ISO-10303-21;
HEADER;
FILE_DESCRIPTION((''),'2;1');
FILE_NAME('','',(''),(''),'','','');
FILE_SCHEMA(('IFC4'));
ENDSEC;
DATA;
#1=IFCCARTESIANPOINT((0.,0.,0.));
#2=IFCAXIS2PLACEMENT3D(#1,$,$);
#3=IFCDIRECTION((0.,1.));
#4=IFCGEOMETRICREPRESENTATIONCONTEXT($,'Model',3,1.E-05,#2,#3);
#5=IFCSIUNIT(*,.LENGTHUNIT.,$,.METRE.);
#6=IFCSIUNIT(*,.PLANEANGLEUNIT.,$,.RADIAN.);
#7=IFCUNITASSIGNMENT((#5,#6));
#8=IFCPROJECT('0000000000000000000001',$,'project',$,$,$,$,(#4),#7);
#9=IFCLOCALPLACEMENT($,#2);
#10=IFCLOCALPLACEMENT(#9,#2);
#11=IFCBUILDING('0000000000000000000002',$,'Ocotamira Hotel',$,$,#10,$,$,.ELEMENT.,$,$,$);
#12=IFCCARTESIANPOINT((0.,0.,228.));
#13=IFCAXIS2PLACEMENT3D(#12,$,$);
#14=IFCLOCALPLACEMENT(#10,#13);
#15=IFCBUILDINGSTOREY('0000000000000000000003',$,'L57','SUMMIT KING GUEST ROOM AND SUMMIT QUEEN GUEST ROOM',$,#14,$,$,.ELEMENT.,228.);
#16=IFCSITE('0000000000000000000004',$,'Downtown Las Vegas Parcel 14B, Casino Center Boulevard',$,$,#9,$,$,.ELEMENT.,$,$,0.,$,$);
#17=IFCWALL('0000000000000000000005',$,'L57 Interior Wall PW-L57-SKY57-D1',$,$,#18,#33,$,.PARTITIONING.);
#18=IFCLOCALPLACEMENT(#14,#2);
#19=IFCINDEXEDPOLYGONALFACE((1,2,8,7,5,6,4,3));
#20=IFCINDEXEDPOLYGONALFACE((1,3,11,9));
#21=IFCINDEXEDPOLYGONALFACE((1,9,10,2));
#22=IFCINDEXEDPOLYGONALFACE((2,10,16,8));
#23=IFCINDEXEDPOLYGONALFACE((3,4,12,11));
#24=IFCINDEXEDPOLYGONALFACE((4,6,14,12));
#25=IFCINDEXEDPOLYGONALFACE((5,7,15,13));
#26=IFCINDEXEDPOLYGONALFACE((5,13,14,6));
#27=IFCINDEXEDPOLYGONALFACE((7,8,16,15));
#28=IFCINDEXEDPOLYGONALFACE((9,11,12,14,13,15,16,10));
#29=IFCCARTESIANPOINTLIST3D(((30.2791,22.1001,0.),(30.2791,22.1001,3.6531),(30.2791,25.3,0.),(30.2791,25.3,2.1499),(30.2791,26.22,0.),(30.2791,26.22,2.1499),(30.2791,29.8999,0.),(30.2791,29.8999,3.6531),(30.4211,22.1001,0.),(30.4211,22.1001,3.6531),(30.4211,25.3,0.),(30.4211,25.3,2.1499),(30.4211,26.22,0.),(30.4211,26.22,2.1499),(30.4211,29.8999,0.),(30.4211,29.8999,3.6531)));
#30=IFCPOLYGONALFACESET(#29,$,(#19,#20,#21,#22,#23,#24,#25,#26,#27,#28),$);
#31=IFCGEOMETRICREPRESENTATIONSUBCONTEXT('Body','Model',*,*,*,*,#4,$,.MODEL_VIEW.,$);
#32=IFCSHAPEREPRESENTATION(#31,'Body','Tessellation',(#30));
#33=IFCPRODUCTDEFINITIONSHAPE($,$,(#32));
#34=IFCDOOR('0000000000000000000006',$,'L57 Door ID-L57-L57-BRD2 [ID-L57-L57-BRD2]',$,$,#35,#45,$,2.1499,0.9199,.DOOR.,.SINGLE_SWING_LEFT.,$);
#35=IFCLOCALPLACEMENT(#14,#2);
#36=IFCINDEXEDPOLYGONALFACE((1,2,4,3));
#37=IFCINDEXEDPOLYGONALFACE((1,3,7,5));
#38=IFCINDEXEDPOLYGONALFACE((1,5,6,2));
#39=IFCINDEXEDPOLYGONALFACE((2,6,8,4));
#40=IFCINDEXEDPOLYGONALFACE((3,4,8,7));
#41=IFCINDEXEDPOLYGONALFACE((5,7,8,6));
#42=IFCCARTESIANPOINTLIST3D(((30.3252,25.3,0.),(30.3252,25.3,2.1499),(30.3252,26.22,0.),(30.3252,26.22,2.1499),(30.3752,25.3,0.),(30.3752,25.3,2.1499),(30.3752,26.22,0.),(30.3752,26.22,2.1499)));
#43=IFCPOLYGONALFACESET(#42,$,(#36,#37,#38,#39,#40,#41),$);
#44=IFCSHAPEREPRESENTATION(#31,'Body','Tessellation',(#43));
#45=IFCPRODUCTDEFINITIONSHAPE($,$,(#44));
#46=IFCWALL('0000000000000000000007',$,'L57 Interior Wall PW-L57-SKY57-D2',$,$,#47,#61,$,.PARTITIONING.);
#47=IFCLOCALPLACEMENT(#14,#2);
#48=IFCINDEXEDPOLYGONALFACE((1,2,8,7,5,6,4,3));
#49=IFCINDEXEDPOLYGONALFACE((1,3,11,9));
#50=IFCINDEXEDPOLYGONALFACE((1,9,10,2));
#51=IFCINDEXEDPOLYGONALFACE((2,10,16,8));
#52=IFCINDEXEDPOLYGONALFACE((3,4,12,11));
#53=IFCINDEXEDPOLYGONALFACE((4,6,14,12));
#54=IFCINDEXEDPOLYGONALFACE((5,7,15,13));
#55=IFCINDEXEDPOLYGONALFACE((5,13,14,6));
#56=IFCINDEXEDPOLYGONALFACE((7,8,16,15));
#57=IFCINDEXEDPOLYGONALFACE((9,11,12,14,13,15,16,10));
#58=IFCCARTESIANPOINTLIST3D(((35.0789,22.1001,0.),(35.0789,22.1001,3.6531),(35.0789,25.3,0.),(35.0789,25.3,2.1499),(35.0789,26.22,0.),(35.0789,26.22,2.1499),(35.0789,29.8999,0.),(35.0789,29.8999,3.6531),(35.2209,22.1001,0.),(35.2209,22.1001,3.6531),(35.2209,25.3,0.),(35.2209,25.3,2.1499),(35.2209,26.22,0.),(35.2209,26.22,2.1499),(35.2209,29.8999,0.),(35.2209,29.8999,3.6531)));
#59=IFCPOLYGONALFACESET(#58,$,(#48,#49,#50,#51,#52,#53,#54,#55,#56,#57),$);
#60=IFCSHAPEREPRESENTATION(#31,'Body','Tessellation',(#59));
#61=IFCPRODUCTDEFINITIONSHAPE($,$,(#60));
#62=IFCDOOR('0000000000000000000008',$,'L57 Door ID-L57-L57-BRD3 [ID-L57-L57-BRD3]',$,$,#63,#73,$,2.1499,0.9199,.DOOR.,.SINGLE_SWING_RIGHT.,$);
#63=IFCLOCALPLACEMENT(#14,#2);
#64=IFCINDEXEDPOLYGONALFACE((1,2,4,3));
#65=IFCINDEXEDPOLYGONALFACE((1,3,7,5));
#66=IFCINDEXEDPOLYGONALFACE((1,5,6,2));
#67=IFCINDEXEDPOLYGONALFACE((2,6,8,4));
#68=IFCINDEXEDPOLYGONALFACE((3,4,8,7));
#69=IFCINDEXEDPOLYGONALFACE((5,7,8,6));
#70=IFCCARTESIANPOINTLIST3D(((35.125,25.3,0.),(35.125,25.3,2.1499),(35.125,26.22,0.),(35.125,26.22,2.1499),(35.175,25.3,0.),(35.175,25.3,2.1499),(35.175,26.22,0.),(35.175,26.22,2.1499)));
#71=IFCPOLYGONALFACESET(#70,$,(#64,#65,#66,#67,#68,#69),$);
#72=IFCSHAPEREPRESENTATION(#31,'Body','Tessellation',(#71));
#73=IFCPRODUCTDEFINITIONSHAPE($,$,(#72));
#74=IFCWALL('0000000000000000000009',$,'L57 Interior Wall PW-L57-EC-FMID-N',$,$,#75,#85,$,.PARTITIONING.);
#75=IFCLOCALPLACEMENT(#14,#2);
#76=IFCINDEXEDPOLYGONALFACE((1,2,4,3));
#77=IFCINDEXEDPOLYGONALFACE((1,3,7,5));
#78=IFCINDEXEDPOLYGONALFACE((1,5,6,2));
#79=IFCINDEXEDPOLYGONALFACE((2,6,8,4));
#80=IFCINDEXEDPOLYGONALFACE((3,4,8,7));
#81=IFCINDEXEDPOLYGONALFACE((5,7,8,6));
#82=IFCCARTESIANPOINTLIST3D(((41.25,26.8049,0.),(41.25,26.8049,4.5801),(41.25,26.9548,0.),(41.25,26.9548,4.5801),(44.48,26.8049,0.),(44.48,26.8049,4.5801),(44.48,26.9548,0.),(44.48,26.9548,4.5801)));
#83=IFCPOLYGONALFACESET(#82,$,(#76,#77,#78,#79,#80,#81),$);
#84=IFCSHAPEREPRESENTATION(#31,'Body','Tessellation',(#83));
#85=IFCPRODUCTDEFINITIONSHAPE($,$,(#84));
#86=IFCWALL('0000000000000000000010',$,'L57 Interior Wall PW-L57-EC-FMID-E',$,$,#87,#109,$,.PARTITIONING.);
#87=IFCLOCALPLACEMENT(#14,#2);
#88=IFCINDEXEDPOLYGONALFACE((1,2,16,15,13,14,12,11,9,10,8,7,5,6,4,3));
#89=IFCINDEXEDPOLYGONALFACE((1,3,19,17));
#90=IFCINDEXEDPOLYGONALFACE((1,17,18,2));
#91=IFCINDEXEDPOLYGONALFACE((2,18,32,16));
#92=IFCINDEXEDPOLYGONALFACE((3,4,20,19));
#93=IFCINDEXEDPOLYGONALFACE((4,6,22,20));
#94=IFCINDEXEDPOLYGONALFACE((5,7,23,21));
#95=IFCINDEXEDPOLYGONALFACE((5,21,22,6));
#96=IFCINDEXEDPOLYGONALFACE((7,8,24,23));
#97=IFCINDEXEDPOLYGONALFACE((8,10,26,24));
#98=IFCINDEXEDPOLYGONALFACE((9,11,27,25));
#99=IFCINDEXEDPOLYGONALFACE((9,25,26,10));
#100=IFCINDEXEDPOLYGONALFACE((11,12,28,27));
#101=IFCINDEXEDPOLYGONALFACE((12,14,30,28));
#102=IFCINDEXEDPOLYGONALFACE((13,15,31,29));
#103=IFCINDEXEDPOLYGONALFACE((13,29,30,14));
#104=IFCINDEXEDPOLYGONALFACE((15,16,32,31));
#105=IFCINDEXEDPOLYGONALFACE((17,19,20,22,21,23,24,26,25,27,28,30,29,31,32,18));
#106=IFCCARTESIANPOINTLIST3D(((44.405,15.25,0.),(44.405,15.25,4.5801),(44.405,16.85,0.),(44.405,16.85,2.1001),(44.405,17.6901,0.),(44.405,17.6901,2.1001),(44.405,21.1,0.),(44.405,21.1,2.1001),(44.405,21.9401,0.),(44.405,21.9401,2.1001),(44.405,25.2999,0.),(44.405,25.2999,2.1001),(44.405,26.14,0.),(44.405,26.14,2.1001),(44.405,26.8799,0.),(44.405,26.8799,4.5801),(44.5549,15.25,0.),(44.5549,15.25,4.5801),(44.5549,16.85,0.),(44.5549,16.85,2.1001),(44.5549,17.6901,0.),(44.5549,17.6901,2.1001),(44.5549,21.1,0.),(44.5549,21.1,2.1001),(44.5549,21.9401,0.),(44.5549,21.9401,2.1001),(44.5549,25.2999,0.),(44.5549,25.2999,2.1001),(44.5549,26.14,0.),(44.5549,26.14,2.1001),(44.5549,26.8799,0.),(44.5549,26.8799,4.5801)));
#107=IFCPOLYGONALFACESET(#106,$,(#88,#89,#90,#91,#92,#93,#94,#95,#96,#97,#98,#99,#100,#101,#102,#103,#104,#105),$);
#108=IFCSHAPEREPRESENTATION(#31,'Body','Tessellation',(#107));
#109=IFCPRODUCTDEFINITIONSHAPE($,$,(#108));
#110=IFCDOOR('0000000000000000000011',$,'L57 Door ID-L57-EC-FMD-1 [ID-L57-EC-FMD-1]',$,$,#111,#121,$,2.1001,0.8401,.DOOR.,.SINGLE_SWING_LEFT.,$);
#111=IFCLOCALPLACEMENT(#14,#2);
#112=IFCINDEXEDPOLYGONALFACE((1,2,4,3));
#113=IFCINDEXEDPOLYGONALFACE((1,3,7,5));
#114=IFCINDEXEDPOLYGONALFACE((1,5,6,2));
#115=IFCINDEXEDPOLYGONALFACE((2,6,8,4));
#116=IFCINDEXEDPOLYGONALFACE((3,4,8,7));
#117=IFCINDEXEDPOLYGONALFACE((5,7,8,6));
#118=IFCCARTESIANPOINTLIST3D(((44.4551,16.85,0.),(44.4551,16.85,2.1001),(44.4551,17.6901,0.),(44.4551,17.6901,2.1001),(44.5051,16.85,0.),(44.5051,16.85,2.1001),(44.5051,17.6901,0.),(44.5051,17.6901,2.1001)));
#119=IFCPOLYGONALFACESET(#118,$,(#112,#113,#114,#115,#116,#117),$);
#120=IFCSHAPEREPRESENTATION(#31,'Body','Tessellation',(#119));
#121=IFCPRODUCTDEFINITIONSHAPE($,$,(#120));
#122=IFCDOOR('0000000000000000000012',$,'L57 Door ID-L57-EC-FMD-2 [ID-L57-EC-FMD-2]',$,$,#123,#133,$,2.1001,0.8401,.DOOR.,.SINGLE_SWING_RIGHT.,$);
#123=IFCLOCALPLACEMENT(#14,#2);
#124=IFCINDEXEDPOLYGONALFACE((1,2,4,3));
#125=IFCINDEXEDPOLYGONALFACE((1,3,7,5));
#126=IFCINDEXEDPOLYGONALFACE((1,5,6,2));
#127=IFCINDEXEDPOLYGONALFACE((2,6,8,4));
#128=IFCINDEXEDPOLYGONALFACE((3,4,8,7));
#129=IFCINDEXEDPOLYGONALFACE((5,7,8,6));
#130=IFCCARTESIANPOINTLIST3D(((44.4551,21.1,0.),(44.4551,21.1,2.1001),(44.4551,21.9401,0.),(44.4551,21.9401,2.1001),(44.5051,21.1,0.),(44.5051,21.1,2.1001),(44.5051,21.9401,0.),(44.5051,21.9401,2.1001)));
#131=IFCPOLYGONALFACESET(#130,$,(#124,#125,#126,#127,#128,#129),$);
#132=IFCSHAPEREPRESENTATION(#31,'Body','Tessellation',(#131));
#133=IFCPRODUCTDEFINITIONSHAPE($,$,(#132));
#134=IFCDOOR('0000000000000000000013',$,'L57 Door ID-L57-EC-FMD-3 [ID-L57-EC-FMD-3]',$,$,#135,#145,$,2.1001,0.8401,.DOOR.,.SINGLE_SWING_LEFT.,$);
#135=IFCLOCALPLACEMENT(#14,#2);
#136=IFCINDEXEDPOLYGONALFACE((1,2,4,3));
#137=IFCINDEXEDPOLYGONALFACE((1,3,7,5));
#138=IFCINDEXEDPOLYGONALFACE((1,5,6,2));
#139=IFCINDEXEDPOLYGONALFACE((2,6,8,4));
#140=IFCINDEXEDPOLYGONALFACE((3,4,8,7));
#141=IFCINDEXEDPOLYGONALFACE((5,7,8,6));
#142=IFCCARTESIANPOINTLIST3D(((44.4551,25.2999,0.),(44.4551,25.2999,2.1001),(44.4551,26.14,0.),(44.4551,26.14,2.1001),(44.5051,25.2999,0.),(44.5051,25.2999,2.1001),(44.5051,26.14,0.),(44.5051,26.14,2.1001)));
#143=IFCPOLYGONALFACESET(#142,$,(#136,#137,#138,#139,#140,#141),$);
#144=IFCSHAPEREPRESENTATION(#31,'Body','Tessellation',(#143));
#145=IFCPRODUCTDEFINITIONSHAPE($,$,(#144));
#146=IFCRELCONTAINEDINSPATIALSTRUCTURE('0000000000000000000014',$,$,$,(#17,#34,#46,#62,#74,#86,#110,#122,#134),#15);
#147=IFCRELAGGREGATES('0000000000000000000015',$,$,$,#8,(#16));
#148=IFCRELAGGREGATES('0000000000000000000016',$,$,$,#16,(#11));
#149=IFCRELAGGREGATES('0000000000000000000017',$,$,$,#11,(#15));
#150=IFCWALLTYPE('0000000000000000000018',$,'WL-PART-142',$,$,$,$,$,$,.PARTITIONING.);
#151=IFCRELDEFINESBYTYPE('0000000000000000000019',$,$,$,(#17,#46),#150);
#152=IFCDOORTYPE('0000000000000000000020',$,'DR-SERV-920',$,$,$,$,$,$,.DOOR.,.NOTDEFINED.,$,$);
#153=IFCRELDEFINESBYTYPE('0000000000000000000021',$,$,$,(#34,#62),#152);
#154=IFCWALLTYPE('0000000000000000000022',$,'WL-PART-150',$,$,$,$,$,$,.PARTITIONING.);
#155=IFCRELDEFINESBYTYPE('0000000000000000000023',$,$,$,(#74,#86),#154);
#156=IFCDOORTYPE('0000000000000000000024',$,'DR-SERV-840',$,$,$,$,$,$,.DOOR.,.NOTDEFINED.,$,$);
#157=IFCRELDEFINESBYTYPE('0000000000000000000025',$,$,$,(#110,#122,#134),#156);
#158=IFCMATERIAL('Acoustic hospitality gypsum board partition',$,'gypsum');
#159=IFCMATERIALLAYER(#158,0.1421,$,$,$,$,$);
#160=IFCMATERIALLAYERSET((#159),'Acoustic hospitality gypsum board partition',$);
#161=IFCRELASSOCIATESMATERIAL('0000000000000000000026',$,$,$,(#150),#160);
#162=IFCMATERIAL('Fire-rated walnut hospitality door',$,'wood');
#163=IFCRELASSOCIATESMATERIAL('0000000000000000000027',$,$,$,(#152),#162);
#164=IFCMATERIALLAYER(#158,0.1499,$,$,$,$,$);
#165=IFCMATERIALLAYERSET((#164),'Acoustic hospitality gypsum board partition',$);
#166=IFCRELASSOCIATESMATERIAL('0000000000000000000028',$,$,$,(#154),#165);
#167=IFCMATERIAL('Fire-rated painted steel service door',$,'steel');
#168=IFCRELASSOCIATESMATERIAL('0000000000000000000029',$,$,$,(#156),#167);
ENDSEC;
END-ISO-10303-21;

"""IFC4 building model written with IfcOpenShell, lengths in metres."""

from ifc_helpers import new_model, si_unit, direction, frame, frame_2d, origin, place, context, subcontext, project, spatial, rectangle, extrude, source, transform, mapped, material, layer, layer_set, type_object, element, fill, save


model = new_model("IFC4")

# Units and contexts
model_context = context("Model", 3, precision=1e-05, world=origin(), true_north=direction((0.0, 1.0)))
body_context = subcontext(model_context, "Body", "Model", "MODEL_VIEW")
ifc_project = project(units=[si_unit("LENGTHUNIT", "METRE"), si_unit("PLANEANGLEUNIT", "RADIAN")], contexts=[model_context])

# Site, building, storey
site_placement = place(None, origin())
site = spatial("IfcSite", under=ifc_project, at=site_placement, Name="Downtown Las Vegas Parcel 14B, Casino Center Boulevard", CompositionType="ELEMENT", RefElevation=0.0)
building_placement = place(site_placement, origin())
building = spatial("IfcBuilding", under=site, at=building_placement, Name="Ocotamira Hotel", CompositionType="ELEMENT")
storey_placement = place(building_placement, frame((0.0, 0.0, 228.0)))
storey = spatial("IfcBuildingStorey", under=building, at=storey_placement, Name="L57", Description="SUMMIT KING GUEST ROOM AND SUMMIT QUEEN GUEST ROOM", CompositionType="ELEMENT", Elevation=228.0)

# Shared definitions
ifc_material_1 = material(Name="Acoustic hospitality gypsum board partition", Category="gypsum")
ifc_layer_1 = layer(ifc_material_1, 0.1421)
ifc_layer_set_1 = layer_set([ifc_layer_1], Name="Acoustic hospitality gypsum board partition")
wall_type_1 = type_object("IfcWallType", Name="WL-PART-142", PredefinedType="PARTITIONING", material=ifc_layer_set_1)

# Walls, openings, doors
wall_1_placement = place(storey_placement, frame((30.3501, 22.1001, 0.0), z_axis=(0.0, 0.0, 1.0), x_axis=(0.0, 1.0, 0.0)))
wall_1 = element("IfcWall", 1, at=wall_1_placement, inside=storey, type_object=wall_type_1, Name="L57 Interior Wall PW-L57-SKY57-D1", PredefinedType="PARTITIONING", context=body_context, shape_type="SweptSolid", body=[
    extrude(rectangle(XDim=7.7998, YDim=0.1421, at=frame_2d((3.8999, 0.0))), origin(), (0.0, 0.0, 1.0), 3.6531),
])
opening_1_placement = place(wall_1_placement, frame((3.2, 0.0, 0.0)))
opening_1 = element("IfcOpeningElement", 2, at=opening_1_placement, cuts=wall_1, PredefinedType="OPENING", context=body_context, shape_type="SweptSolid", body=[
    extrude(rectangle(XDim=0.9199, YDim=2.1499, at=frame_2d((0.46, 1.075))), frame((0.0, 0.0811, 0.0), z_axis=(0.0, -1.0, 0.0), x_axis=(1.0, 0.0, 0.0)), (0.0, 0.0, 1.0), 0.1621),
])
ifc_material_2 = material(Name="Fire-rated walnut hospitality door", Category="wood")
door_type_1 = type_object("IfcDoorType", Name="DR-SERV-920", OperationType="NOTDEFINED", PredefinedType="DOOR", material=ifc_material_2)
shared_shape_1 = source(origin(), body_context, "Body", "SweptSolid", [
    extrude(rectangle(XDim=0.9199, YDim=2.1499, at=frame_2d((0.46, 1.075))), frame((0.0, 0.0249, 0.0), z_axis=(0.0, -1.0, 0.0), x_axis=(1.0, 0.0, 0.0)), (0.0, 0.0, 1.0), 0.05),
])
door_1_placement = place(opening_1_placement, origin())
door_1 = element("IfcDoor", 3, at=door_1_placement, inside=storey, type_object=door_type_1, Name="L57 Door ID-L57-L57-BRD2 [ID-L57-L57-BRD2]", OperationType="SINGLE_SWING_LEFT", OverallHeight=2.1499, OverallWidth=0.9199, PredefinedType="DOOR", context=body_context, shape_type="MappedRepresentation", body=[
    mapped(shared_shape_1, transform((0.0, 0.0, 0.0), scale=1.0)),
])
fill(opening_1, door_1)
wall_2_placement = place(storey_placement, frame((35.1499, 22.1001, 0.0), z_axis=(0.0, 0.0, 1.0), x_axis=(0.0, 1.0, 0.0)))
wall_2 = element("IfcWall", 4, at=wall_2_placement, inside=storey, type_object=wall_type_1, Name="L57 Interior Wall PW-L57-SKY57-D2", PredefinedType="PARTITIONING", context=body_context, shape_type="SweptSolid", body=[
    extrude(rectangle(XDim=7.7998, YDim=0.1421, at=frame_2d((3.8999, 0.0))), origin(), (0.0, 0.0, 1.0), 3.6531),
])
opening_2_placement = place(wall_2_placement, frame((3.2, 0.0, 0.0)))
opening_2 = element("IfcOpeningElement", 5, at=opening_2_placement, cuts=wall_2, PredefinedType="OPENING", context=body_context, shape_type="SweptSolid", body=[
    extrude(rectangle(XDim=0.9199, YDim=2.1499, at=frame_2d((0.46, 1.075))), frame((0.0, 0.0811, 0.0), z_axis=(0.0, -1.0, 0.0), x_axis=(1.0, 0.0, 0.0)), (0.0, 0.0, 1.0), 0.1621),
])
door_2_placement = place(opening_2_placement, origin())
door_2 = element("IfcDoor", 6, at=door_2_placement, inside=storey, type_object=door_type_1, Name="L57 Door ID-L57-L57-BRD3 [ID-L57-L57-BRD3]", OperationType="SINGLE_SWING_RIGHT", OverallHeight=2.1499, OverallWidth=0.9199, PredefinedType="DOOR", context=body_context, shape_type="MappedRepresentation", body=[
    mapped(shared_shape_1, transform((0.0, 0.0, 0.0), scale=1.0)),
])
fill(opening_2, door_2)

# Wall
ifc_layer_2 = layer(ifc_material_1, 0.1499)
ifc_layer_set_2 = layer_set([ifc_layer_2], Name="Acoustic hospitality gypsum board partition")
wall_type_2 = type_object("IfcWallType", Name="WL-PART-150", PredefinedType="PARTITIONING", material=ifc_layer_set_2)
wall_3_placement = place(storey_placement, frame((41.25, 26.8799, 0.0), z_axis=(0.0, 0.0, 1.0), x_axis=(1.0, 0.0, 0.0)))
element("IfcWall", 7, at=wall_3_placement, inside=storey, type_object=wall_type_2, Name="L57 Interior Wall PW-L57-EC-FMID-N", PredefinedType="PARTITIONING", context=body_context, shape_type="SweptSolid", body=[
    extrude(rectangle(XDim=3.23, YDim=0.1499, at=frame_2d((1.615, 0.0))), origin(), (0.0, 0.0, 1.0), 4.5801),
])

# Wall, openings, doors
wall_4_placement = place(storey_placement, frame((44.48, 15.25, 0.0), z_axis=(0.0, 0.0, 1.0), x_axis=(0.0, 1.0, 0.0)))
wall_4 = element("IfcWall", 8, at=wall_4_placement, inside=storey, type_object=wall_type_2, Name="L57 Interior Wall PW-L57-EC-FMID-E", PredefinedType="PARTITIONING", context=body_context, shape_type="SweptSolid", body=[
    extrude(rectangle(XDim=11.6299, YDim=0.1499, at=frame_2d((5.8149, 0.0))), origin(), (0.0, 0.0, 1.0), 4.5801),
])
opening_3_placement = place(wall_4_placement, frame((1.6001, 0.0, 0.0)))
opening_3 = element("IfcOpeningElement", 9, at=opening_3_placement, cuts=wall_4, PredefinedType="OPENING", context=body_context, shape_type="SweptSolid", body=[
    extrude(rectangle(XDim=0.8401, YDim=2.1001, at=frame_2d((0.4199, 1.05))), frame((0.0, 0.085, 0.0), z_axis=(0.0, -1.0, 0.0), x_axis=(1.0, 0.0, 0.0)), (0.0, 0.0, 1.0), 0.1699),
])
opening_4_placement = place(wall_4_placement, frame((5.8501, 0.0, 0.0)))
opening_4 = element("IfcOpeningElement", 10, at=opening_4_placement, cuts=wall_4, PredefinedType="OPENING", context=body_context, shape_type="SweptSolid", body=[
    extrude(rectangle(XDim=0.8401, YDim=2.1001, at=frame_2d((0.4199, 1.05))), frame((0.0, 0.085, 0.0), z_axis=(0.0, -1.0, 0.0), x_axis=(1.0, 0.0, 0.0)), (0.0, 0.0, 1.0), 0.1699),
])
opening_5_placement = place(wall_4_placement, frame((10.05, 0.0, 0.0)))
opening_5 = element("IfcOpeningElement", 11, at=opening_5_placement, cuts=wall_4, PredefinedType="OPENING", context=body_context, shape_type="SweptSolid", body=[
    extrude(rectangle(XDim=0.8401, YDim=2.1001, at=frame_2d((0.4199, 1.05))), frame((0.0, 0.085, 0.0), z_axis=(0.0, -1.0, 0.0), x_axis=(1.0, 0.0, 0.0)), (0.0, 0.0, 1.0), 0.1699),
])
ifc_material_3 = material(Name="Fire-rated painted steel service door", Category="steel")
door_type_2 = type_object("IfcDoorType", Name="DR-SERV-840", OperationType="NOTDEFINED", PredefinedType="DOOR", material=ifc_material_3)
shared_shape_2 = source(origin(), body_context, "Body", "SweptSolid", [
    extrude(rectangle(XDim=0.8401, YDim=2.1001, at=frame_2d((0.4199, 1.05))), frame((0.0, 0.0249, 0.0), z_axis=(0.0, -1.0, 0.0), x_axis=(1.0, 0.0, 0.0)), (0.0, 0.0, 1.0), 0.05),
])
door_3_placement = place(opening_3_placement, origin())
door_3 = element("IfcDoor", 12, at=door_3_placement, inside=storey, type_object=door_type_2, Name="L57 Door ID-L57-EC-FMD-1 [ID-L57-EC-FMD-1]", OperationType="SINGLE_SWING_LEFT", OverallHeight=2.1001, OverallWidth=0.8401, PredefinedType="DOOR", context=body_context, shape_type="MappedRepresentation", body=[
    mapped(shared_shape_2, transform((0.0, 0.0, 0.0), scale=1.0)),
])
fill(opening_3, door_3)
door_4_placement = place(opening_4_placement, origin())
door_4 = element("IfcDoor", 13, at=door_4_placement, inside=storey, type_object=door_type_2, Name="L57 Door ID-L57-EC-FMD-2 [ID-L57-EC-FMD-2]", OperationType="SINGLE_SWING_RIGHT", OverallHeight=2.1001, OverallWidth=0.8401, PredefinedType="DOOR", context=body_context, shape_type="MappedRepresentation", body=[
    mapped(shared_shape_2, transform((0.0, 0.0, 0.0), scale=1.0)),
])
fill(opening_4, door_4)
door_5_placement = place(opening_5_placement, origin())
door_5 = element("IfcDoor", 14, at=door_5_placement, inside=storey, type_object=door_type_2, Name="L57 Door ID-L57-EC-FMD-3 [ID-L57-EC-FMD-3]", OperationType="SINGLE_SWING_LEFT", OverallHeight=2.1001, OverallWidth=0.8401, PredefinedType="DOOR", context=body_context, shape_type="MappedRepresentation", body=[
    mapped(shared_shape_2, transform((0.0, 0.0, 0.0), scale=1.0)),
])
fill(opening_5, door_5)

save(model, "model.ifc")
